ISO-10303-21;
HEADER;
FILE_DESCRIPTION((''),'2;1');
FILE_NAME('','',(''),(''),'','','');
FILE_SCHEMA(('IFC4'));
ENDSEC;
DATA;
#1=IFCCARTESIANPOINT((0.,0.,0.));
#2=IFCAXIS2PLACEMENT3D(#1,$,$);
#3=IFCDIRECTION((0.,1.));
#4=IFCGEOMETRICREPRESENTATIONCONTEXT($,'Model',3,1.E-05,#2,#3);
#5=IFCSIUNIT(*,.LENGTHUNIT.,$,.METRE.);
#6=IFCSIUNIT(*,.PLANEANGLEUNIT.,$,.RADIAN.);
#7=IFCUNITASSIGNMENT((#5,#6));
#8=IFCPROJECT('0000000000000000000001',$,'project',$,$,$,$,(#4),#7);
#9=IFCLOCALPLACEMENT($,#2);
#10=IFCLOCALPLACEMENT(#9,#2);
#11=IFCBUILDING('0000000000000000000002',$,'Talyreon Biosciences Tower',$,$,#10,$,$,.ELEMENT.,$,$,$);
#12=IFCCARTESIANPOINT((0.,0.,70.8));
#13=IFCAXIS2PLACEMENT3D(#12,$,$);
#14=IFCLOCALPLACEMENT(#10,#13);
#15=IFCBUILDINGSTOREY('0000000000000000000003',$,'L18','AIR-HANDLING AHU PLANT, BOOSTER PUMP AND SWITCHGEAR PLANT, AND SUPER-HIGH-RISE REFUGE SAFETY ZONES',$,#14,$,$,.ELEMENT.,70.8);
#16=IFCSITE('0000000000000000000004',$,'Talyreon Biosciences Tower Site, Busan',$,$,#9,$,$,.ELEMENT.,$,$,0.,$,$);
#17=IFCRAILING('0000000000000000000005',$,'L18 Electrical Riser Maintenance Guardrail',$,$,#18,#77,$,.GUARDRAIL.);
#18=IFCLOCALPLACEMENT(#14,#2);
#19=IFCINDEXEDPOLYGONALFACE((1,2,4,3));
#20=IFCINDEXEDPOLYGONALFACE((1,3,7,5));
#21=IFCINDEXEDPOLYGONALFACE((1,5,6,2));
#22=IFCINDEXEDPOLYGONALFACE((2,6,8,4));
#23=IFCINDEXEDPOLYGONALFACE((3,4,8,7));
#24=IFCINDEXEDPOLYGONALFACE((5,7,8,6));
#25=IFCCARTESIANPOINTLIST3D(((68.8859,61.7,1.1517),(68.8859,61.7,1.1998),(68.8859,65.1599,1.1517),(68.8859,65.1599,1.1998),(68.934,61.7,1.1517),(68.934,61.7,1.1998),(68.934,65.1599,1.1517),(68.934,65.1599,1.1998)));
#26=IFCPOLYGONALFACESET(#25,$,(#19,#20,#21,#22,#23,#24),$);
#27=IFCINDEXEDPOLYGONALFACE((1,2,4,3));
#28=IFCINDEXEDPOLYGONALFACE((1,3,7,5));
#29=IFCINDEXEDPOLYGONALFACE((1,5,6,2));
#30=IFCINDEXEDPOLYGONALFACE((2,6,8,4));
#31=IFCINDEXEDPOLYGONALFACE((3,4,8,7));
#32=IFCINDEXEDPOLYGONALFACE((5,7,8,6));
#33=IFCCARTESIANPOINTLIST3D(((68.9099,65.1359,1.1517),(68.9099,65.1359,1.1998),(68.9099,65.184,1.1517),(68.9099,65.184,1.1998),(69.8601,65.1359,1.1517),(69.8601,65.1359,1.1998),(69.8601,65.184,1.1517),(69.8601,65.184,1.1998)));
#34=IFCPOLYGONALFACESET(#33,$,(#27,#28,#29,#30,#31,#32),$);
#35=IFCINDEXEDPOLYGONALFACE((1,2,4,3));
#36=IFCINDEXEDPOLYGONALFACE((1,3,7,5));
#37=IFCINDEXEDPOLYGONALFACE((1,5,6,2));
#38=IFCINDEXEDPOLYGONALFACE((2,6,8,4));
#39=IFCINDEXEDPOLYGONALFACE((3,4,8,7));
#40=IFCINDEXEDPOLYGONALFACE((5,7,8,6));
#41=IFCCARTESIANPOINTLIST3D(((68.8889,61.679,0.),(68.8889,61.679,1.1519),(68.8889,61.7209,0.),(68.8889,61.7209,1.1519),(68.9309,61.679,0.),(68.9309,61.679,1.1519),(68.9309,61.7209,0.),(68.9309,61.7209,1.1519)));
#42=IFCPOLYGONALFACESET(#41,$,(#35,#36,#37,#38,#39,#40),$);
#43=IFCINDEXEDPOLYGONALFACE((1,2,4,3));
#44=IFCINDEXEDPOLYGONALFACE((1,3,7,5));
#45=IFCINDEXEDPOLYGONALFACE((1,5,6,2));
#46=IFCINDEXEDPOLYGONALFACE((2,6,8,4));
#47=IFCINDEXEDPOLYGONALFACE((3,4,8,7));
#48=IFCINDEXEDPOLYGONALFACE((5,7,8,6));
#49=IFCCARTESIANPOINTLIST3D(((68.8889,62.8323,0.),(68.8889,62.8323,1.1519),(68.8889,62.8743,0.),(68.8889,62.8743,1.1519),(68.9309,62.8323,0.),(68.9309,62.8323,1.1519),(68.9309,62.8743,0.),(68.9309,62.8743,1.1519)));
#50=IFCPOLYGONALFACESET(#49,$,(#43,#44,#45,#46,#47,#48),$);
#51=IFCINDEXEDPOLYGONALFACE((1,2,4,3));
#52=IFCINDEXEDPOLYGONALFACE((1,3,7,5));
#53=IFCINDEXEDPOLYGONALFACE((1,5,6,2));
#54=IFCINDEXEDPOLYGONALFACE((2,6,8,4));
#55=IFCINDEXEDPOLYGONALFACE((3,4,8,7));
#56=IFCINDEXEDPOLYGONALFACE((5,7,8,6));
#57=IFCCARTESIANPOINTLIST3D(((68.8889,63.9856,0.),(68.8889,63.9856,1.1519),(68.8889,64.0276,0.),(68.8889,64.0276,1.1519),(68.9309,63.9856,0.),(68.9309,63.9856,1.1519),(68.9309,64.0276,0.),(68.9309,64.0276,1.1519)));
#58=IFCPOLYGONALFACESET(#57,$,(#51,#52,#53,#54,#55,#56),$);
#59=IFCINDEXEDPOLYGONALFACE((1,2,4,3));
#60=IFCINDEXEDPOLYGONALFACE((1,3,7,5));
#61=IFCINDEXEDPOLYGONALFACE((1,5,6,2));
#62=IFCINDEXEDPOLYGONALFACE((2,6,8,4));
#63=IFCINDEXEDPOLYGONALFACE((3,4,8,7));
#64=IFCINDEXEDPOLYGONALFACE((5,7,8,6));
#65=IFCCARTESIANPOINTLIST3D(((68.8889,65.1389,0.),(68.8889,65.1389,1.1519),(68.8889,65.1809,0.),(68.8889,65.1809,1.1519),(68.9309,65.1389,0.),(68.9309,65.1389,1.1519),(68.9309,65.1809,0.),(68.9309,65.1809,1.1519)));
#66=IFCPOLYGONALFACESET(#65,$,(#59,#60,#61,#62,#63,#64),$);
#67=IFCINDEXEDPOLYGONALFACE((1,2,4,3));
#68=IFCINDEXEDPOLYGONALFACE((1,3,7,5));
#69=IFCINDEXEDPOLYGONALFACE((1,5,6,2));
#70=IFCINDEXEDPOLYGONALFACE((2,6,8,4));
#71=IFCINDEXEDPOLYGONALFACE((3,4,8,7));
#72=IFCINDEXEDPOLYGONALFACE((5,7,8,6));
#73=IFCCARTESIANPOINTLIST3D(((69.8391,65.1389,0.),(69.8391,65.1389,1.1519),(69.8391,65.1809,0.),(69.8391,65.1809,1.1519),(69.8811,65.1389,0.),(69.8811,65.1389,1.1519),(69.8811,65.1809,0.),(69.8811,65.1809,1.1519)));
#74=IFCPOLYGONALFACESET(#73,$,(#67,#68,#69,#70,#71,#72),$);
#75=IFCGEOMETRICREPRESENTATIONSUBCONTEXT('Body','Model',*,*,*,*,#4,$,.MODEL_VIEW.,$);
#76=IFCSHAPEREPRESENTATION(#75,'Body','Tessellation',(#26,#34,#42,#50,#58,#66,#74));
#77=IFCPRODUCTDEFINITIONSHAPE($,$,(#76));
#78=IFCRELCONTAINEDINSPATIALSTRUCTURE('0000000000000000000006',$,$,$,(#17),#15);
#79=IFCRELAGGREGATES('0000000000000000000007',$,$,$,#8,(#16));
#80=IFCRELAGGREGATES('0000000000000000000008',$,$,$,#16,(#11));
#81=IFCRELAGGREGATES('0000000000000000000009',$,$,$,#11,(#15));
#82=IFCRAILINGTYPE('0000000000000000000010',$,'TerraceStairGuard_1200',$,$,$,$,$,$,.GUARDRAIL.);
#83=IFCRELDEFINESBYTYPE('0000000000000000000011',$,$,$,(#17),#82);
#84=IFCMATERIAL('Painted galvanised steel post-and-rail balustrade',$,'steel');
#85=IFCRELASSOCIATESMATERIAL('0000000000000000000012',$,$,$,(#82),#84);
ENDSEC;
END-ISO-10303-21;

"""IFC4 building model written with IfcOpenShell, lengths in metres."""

from ifc_helpers import new_model, si_unit, direction, frame, origin, origin_2d, place, context, subcontext, project, spatial, rectangle, extrude, material, type_object, element, save


model = new_model("IFC4")

# Units and contexts
model_context = context("Model", 3, precision=1e-05, world=origin(), true_north=direction((0.0, 1.0)))
body_context = subcontext(model_context, "Body", "Model", "MODEL_VIEW")
ifc_project = project(units=[si_unit("LENGTHUNIT", "METRE"), si_unit("PLANEANGLEUNIT", "RADIAN")], contexts=[model_context])

# Site, building, storey
site_placement = place(None, origin())
site = spatial("IfcSite", under=ifc_project, at=site_placement, Name="Talyreon Biosciences Tower Site, Busan", CompositionType="ELEMENT", RefElevation=0.0)
building_placement = place(site_placement, origin())
building = spatial("IfcBuilding", under=site, at=building_placement, Name="Talyreon Biosciences Tower", CompositionType="ELEMENT")
storey_placement = place(building_placement, frame((0.0, 0.0, 70.8)))
storey = spatial("IfcBuildingStorey", under=building, at=storey_placement, Name="L18", Description="AIR-HANDLING AHU PLANT, BOOSTER PUMP AND SWITCHGEAR PLANT, AND SUPER-HIGH-RISE REFUGE SAFETY ZONES", CompositionType="ELEMENT", Elevation=70.8)

# Railing
ifc_material_1 = material(Name="Painted galvanised steel post-and-rail balustrade", Category="steel")
railing_type_1 = type_object("IfcRailingType", Name="TerraceStairGuard_1200", PredefinedType="GUARDRAIL", material=ifc_material_1)
railing_1_placement = place(storey_placement, frame((68.9099, 61.7, 0.0)))
element("IfcRailing", 1, at=railing_1_placement, inside=storey, type_object=railing_type_1, Name="L18 Electrical Riser Maintenance Guardrail", PredefinedType="GUARDRAIL", context=body_context, shape_type="SweptSolid", body=[
    extrude(rectangle(XDim=0.0481, YDim=0.0481, at=origin_2d()), frame((0.0, 0.0, 1.1758), z_axis=(0.0, 1.0, 0.0), x_axis=(-1.0, 0.0, 0.0)), (0.0, 0.0, 1.0), 3.46),
    extrude(rectangle(XDim=0.0481, YDim=0.0481, at=origin_2d()), frame((0.0, 3.46, 1.1758), z_axis=(1.0, 0.0, 0.0), x_axis=(0.0, 1.0, 0.0)), (0.0, 0.0, 1.0), 0.9502),
    extrude(rectangle(XDim=0.042, YDim=0.042, at=origin_2d()), origin(), (0.0, 0.0, 1.0), 1.1519),
    extrude(rectangle(XDim=0.042, YDim=0.042, at=origin_2d()), frame((0.0, 1.1533, 0.0)), (0.0, 0.0, 1.0), 1.1519),
    extrude(rectangle(XDim=0.042, YDim=0.042, at=origin_2d()), frame((0.0, 2.3066, 0.0)), (0.0, 0.0, 1.0), 1.1519),
    extrude(rectangle(XDim=0.042, YDim=0.042, at=origin_2d()), frame((0.0, 3.46, 0.0)), (0.0, 0.0, 1.0), 1.1519),
    extrude(rectangle(XDim=0.042, YDim=0.042, at=origin_2d()), frame((0.9502, 3.46, 0.0)), (0.0, 0.0, 1.0), 1.1519),
])

save(model, "model.ifc")
